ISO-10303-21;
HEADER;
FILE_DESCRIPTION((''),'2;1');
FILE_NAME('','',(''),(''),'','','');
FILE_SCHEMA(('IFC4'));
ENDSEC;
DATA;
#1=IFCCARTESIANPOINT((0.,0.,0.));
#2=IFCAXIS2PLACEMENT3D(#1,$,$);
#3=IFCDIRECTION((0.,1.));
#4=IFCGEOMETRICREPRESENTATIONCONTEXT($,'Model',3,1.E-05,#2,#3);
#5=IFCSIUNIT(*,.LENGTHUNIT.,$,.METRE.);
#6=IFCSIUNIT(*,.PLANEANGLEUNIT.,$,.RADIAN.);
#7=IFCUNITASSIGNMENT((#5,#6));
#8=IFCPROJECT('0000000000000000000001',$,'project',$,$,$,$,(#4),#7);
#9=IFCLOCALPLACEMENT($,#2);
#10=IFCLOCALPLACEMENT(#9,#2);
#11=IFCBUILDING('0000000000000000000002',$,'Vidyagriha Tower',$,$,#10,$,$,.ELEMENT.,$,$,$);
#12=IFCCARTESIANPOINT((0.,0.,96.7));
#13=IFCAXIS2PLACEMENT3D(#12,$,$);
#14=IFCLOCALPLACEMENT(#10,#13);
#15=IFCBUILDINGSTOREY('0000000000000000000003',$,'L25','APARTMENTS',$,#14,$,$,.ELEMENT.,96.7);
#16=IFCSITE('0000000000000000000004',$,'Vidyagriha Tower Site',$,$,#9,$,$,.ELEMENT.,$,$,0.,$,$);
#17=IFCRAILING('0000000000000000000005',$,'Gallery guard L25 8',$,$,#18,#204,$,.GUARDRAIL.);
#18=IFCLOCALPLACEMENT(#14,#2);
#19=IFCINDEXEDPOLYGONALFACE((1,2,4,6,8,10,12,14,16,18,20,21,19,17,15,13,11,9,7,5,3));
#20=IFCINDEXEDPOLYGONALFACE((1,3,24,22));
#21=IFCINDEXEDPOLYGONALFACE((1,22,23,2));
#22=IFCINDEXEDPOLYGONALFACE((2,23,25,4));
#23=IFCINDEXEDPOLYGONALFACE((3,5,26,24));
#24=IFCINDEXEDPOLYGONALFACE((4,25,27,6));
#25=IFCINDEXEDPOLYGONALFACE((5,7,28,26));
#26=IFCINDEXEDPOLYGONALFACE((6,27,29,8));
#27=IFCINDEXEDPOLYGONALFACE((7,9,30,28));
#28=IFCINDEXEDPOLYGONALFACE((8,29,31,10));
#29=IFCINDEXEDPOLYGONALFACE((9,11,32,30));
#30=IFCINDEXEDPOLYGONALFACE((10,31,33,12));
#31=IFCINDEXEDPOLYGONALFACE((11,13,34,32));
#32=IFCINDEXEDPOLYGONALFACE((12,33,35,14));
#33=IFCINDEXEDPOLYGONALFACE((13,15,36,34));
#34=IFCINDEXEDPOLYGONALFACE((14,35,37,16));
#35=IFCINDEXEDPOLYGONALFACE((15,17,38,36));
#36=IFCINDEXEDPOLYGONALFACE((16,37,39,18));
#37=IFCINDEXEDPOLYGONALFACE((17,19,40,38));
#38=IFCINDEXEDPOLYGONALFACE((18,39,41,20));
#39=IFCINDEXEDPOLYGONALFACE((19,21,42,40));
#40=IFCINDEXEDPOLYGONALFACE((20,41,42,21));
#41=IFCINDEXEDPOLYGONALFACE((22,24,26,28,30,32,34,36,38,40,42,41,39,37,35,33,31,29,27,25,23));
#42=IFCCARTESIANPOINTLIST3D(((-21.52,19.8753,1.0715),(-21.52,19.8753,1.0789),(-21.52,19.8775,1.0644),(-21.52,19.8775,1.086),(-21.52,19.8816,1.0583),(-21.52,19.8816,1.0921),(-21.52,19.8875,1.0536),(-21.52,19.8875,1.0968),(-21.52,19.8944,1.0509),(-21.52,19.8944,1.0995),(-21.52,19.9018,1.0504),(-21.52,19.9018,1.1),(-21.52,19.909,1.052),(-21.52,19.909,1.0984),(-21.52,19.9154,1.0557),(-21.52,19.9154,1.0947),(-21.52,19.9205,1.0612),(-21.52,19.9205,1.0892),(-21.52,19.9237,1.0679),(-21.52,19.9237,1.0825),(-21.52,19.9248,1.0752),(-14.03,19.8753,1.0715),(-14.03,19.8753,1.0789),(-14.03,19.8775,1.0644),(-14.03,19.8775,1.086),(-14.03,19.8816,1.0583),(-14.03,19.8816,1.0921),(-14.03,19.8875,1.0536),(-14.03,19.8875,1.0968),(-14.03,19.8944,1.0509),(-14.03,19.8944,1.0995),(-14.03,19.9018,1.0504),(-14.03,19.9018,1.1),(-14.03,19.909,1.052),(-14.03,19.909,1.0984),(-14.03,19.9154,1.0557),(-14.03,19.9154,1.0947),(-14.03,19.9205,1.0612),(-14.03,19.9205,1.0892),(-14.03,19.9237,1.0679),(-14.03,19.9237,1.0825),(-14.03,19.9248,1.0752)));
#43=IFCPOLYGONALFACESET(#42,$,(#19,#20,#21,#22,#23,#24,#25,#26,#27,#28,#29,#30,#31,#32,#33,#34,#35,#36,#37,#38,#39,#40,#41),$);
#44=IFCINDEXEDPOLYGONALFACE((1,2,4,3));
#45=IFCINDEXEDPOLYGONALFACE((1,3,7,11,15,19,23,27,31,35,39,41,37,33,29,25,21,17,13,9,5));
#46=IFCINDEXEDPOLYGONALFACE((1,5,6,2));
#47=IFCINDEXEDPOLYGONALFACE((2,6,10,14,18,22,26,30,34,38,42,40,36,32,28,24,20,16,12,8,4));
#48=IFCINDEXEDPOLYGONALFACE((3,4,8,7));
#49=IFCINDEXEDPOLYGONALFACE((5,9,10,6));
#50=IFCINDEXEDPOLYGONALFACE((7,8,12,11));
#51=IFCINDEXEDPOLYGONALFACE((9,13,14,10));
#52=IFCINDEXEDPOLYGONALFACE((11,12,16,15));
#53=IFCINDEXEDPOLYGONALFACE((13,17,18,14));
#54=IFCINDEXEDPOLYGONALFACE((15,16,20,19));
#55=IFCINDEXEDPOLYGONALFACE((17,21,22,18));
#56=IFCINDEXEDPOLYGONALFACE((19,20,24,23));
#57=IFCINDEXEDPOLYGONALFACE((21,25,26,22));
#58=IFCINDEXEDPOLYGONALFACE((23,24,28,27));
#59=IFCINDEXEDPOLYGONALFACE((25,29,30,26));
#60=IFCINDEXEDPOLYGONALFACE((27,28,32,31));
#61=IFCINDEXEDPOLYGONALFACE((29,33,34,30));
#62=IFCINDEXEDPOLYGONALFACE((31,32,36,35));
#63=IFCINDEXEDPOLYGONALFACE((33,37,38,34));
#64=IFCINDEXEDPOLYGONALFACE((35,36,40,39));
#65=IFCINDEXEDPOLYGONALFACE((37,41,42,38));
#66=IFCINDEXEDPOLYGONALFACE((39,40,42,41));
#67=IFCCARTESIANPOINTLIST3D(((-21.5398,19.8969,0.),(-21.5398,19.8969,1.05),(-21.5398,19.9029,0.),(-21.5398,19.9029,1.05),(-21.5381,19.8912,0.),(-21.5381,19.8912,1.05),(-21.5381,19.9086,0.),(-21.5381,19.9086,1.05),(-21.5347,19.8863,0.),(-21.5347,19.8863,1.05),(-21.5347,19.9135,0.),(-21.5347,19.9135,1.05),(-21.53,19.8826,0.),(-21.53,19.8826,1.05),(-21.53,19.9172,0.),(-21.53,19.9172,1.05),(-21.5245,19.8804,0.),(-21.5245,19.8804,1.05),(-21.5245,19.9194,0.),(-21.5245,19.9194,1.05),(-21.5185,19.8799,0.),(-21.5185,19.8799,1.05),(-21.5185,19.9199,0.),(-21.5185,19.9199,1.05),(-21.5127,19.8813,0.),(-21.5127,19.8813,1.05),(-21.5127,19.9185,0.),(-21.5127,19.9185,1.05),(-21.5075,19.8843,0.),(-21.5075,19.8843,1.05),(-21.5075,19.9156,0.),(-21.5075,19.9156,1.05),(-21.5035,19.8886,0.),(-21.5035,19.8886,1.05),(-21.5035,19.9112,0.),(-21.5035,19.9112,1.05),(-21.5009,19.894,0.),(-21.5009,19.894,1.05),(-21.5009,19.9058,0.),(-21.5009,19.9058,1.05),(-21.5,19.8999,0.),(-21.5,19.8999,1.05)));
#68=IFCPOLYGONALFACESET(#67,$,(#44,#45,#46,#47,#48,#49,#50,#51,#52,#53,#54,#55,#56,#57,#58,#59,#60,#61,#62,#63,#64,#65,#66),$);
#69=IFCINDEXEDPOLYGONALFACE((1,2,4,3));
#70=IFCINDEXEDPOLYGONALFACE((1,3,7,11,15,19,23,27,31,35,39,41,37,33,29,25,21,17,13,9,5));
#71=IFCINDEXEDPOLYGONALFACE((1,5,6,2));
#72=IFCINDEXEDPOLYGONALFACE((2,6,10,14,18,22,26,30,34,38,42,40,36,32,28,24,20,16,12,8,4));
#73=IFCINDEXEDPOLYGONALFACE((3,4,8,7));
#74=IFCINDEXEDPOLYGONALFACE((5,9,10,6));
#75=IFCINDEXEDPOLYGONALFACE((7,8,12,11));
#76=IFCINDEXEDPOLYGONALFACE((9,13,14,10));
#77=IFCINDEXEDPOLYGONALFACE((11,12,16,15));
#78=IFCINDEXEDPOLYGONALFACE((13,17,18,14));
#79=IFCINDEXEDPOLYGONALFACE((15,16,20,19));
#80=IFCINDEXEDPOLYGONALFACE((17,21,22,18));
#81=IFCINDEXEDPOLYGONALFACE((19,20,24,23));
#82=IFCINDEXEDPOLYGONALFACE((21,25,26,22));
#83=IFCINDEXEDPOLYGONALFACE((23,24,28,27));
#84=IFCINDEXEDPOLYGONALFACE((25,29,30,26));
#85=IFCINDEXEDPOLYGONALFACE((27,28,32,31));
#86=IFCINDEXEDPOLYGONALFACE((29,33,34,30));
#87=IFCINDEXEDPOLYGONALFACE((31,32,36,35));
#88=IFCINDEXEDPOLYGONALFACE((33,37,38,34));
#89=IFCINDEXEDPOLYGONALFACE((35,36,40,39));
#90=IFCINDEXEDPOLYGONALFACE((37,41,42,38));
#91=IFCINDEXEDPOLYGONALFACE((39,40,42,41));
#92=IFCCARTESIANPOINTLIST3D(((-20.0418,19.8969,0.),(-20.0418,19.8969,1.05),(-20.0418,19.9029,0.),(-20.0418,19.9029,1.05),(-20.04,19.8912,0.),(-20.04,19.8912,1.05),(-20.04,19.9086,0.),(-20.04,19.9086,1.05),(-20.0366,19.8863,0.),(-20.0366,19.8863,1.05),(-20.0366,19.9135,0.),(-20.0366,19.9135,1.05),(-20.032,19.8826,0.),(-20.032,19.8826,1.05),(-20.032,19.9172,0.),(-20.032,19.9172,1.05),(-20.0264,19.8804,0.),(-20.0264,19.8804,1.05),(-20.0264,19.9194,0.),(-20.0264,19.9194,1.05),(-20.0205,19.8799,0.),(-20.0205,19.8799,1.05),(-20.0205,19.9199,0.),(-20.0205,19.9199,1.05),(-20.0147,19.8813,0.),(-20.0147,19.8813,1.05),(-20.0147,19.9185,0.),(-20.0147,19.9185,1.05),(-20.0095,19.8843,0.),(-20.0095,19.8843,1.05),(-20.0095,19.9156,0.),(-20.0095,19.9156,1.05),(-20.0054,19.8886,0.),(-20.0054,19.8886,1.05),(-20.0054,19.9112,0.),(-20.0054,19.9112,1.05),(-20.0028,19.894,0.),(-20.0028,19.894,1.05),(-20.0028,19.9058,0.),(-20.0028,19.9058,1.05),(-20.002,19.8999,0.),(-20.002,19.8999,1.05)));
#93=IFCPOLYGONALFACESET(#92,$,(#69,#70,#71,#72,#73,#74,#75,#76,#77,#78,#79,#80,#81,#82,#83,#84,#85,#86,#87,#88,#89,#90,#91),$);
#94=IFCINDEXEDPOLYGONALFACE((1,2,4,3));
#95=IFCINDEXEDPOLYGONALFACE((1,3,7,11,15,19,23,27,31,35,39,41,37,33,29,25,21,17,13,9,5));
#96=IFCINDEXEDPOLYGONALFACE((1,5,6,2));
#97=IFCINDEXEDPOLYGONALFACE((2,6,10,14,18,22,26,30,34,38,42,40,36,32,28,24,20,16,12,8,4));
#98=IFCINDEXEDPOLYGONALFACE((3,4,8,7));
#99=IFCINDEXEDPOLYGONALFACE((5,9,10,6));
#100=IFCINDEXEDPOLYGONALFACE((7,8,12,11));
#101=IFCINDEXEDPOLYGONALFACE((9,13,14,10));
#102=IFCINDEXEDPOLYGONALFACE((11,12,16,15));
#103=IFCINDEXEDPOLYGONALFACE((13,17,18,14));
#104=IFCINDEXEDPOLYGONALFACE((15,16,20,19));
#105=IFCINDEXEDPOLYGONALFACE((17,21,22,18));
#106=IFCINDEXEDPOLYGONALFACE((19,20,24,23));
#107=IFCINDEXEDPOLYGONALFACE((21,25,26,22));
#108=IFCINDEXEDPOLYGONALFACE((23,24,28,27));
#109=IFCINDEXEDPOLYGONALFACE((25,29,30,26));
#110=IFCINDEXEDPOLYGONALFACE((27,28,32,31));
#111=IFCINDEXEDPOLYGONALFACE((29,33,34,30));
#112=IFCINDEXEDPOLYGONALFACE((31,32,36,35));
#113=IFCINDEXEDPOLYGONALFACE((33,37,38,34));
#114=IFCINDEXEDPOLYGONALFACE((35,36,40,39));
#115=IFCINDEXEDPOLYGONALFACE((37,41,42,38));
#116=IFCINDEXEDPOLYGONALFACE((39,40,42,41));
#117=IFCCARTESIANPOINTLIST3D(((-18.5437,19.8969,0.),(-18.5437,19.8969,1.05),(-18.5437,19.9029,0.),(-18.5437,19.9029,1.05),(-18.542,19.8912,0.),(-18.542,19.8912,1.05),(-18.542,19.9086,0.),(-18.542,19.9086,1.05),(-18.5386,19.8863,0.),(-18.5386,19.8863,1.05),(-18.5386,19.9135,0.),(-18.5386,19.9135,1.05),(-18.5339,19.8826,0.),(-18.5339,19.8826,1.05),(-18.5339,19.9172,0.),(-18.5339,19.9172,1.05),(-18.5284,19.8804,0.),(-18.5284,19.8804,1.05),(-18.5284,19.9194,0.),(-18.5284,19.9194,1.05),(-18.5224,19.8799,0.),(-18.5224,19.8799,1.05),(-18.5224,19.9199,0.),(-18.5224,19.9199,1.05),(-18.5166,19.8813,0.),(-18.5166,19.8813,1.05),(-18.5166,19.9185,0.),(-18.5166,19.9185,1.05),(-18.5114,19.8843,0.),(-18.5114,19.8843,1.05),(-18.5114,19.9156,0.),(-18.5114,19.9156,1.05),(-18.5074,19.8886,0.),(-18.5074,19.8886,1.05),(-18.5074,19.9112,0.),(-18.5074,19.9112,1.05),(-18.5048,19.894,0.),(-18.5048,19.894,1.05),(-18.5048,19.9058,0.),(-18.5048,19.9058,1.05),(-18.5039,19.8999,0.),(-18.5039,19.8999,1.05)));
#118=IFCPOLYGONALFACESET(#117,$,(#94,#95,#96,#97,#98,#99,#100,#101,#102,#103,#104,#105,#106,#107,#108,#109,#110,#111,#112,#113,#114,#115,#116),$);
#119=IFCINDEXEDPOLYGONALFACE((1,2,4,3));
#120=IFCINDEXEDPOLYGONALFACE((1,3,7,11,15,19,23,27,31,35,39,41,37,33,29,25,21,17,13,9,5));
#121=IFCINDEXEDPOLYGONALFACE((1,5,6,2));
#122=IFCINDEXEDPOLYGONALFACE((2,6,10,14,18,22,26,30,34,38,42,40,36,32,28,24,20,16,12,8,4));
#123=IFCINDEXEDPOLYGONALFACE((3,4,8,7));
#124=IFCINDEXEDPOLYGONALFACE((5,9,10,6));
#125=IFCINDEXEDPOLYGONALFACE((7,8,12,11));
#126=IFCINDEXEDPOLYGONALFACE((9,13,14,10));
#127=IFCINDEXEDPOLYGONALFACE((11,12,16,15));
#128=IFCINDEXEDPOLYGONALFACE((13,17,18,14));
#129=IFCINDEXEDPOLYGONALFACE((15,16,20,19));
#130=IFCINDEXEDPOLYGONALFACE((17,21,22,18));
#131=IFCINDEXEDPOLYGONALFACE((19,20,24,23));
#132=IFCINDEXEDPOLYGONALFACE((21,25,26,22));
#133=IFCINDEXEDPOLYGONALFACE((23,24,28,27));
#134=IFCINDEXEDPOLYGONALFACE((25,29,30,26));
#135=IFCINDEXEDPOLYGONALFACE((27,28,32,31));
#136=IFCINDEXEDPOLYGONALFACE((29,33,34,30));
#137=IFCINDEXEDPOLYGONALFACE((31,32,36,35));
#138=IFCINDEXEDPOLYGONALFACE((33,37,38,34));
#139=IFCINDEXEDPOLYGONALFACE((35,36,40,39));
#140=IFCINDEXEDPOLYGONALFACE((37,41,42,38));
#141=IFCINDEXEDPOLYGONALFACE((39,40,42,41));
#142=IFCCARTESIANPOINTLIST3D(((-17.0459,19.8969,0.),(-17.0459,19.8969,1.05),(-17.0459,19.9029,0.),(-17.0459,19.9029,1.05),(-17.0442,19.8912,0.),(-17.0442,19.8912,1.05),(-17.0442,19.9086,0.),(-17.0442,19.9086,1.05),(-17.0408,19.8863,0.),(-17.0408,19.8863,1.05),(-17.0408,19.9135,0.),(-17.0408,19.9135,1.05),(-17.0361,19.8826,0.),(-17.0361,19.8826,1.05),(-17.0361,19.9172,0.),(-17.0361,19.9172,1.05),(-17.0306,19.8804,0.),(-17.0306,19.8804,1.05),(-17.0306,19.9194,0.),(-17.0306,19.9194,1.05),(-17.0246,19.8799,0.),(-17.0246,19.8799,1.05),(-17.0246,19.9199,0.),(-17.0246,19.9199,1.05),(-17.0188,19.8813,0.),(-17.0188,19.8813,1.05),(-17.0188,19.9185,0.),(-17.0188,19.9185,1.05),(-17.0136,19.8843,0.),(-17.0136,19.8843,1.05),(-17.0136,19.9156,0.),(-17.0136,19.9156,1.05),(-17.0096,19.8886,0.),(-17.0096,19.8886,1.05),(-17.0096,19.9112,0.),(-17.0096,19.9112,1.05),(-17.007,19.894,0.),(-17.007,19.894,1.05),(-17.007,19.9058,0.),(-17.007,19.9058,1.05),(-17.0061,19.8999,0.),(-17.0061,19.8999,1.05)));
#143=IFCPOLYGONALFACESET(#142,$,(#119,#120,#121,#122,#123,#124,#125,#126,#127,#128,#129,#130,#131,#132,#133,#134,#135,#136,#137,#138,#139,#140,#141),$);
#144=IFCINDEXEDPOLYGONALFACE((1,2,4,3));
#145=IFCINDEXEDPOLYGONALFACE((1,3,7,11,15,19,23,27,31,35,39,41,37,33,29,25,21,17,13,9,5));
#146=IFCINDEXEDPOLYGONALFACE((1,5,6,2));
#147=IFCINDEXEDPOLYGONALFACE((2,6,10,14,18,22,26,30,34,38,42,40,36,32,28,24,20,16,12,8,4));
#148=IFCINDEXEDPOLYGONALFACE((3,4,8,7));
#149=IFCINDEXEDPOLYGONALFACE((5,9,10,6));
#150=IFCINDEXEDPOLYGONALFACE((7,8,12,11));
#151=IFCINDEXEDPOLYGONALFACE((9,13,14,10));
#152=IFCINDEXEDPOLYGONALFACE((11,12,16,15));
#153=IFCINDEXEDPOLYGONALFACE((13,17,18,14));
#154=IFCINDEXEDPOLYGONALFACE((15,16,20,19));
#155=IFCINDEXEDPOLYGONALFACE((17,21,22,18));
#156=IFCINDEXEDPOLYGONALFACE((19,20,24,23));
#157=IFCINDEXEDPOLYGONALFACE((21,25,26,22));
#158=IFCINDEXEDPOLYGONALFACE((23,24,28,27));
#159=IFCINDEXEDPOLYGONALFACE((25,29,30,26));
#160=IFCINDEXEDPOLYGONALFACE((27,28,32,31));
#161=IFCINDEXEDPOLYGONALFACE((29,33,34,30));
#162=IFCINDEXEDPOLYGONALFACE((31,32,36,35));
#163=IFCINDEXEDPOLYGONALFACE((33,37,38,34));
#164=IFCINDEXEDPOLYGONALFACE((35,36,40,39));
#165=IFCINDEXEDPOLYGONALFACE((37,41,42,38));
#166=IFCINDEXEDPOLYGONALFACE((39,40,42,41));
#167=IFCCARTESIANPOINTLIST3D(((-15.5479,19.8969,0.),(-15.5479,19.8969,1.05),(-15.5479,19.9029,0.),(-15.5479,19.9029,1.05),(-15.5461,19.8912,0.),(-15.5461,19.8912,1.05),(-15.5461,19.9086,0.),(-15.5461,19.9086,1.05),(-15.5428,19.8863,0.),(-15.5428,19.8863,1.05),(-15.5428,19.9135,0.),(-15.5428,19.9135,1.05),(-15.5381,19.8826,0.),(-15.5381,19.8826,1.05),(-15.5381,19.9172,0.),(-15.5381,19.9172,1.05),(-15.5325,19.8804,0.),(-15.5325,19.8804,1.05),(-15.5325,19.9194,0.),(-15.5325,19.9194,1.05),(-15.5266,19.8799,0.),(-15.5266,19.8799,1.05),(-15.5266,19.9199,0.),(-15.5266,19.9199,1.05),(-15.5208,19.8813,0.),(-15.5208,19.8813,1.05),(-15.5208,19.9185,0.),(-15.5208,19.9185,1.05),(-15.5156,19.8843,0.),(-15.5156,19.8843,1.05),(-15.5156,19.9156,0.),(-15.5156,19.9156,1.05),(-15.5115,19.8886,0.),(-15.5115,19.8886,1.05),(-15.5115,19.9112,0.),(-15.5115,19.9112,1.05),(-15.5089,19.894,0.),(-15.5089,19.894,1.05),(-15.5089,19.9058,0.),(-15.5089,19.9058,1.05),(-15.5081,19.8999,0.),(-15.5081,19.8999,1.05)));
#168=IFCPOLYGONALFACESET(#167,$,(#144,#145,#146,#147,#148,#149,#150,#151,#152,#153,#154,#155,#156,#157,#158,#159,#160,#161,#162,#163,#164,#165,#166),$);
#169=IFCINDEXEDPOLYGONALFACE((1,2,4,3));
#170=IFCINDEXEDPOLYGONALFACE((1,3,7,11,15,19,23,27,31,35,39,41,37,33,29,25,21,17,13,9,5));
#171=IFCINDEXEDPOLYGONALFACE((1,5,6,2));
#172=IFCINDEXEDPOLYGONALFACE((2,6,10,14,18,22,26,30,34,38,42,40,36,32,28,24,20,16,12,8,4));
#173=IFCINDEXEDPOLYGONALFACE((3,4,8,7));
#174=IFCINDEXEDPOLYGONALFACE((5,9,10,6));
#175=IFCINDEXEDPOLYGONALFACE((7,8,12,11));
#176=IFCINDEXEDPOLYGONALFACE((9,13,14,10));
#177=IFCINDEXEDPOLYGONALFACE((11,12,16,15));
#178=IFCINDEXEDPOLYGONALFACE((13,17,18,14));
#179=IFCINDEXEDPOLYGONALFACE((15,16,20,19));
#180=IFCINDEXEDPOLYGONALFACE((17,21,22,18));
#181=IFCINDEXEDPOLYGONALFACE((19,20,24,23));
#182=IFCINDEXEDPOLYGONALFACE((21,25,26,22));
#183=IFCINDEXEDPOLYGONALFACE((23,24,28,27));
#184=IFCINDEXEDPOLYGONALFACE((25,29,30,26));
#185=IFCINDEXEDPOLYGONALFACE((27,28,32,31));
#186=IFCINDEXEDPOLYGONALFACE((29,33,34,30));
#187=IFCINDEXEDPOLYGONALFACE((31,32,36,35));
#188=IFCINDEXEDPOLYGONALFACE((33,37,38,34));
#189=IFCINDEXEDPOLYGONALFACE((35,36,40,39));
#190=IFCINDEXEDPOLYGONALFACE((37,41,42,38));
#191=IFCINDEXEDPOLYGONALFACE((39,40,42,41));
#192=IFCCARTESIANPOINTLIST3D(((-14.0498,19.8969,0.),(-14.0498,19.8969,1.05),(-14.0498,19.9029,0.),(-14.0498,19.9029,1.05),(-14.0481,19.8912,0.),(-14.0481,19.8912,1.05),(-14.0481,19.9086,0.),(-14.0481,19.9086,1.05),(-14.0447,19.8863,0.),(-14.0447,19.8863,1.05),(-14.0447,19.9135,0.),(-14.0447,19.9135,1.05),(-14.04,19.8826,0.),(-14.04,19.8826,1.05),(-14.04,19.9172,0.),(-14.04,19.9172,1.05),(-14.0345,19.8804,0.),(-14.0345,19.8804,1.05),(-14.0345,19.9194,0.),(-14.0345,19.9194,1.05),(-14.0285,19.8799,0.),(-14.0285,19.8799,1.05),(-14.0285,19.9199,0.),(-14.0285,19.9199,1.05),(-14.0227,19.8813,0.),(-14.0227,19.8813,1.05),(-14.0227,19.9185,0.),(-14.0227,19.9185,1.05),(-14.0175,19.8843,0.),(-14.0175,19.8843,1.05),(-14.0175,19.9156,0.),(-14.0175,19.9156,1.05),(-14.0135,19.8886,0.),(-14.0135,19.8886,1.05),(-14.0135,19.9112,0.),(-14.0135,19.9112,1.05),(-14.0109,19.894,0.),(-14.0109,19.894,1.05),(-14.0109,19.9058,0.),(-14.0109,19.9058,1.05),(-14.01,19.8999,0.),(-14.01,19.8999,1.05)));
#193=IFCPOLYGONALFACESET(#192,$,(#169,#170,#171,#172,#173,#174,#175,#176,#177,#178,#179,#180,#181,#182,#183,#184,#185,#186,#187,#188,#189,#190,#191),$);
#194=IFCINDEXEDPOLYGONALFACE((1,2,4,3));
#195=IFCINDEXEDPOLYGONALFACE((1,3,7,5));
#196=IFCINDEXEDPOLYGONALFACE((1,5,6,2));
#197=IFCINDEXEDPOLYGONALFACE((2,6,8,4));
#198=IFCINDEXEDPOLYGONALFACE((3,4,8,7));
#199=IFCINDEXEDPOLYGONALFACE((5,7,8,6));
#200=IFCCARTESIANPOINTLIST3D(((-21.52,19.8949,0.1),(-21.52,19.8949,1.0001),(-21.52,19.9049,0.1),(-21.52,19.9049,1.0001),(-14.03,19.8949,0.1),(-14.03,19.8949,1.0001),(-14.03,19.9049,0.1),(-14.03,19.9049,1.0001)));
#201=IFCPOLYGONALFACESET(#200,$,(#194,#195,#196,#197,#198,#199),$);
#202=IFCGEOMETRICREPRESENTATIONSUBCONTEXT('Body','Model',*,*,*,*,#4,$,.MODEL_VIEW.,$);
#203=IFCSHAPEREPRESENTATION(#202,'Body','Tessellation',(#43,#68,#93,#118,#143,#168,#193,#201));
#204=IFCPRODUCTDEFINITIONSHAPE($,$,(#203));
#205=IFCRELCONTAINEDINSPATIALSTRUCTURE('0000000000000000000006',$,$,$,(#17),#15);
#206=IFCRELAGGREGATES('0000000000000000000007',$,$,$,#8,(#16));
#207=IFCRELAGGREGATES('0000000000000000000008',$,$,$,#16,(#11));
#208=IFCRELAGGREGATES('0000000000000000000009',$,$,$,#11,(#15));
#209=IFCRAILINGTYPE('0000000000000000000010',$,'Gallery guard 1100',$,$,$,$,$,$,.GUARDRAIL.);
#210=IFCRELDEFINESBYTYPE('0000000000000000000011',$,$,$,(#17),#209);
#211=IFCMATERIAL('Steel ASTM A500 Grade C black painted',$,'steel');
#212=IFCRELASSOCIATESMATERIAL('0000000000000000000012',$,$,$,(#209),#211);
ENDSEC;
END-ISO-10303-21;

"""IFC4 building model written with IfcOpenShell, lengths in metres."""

from ifc_helpers import new_model, si_unit, direction, frame, origin, origin_2d, place, context, subcontext, project, spatial, rectangle, circle, extrude, material, type_object, element, save


model = new_model("IFC4")

# Units and contexts
model_context = context("Model", 3, precision=1e-05, world=origin(), true_north=direction((0.0, 1.0)))
body_context = subcontext(model_context, "Body", "Model", "MODEL_VIEW")
ifc_project = project(units=[si_unit("LENGTHUNIT", "METRE"), si_unit("PLANEANGLEUNIT", "RADIAN")], contexts=[model_context])

# Site, building, storey
site_placement = place(None, origin())
site = spatial("IfcSite", under=ifc_project, at=site_placement, Name="Vidyagriha Tower Site", CompositionType="ELEMENT", RefElevation=0.0)
building_placement = place(site_placement, origin())
building = spatial("IfcBuilding", under=site, at=building_placement, Name="Vidyagriha Tower", CompositionType="ELEMENT")
storey_placement = place(building_placement, frame((0.0, 0.0, 96.7)))
storey = spatial("IfcBuildingStorey", under=building, at=storey_placement, Name="L25", Description="APARTMENTS", CompositionType="ELEMENT", Elevation=96.7)

# Railing
ifc_material_1 = material(Name="Steel ASTM A500 Grade C black painted", Category="steel")
railing_type = type_object("IfcRailingType", Name="Gallery guard 1100", PredefinedType="GUARDRAIL", material=ifc_material_1)
railing_1_placement = place(storey_placement, frame((-21.52, 19.8999, 0.0)))
element("IfcRailing", 1, at=railing_1_placement, inside=storey, type_object=railing_type, Name="Gallery guard L25 8", PredefinedType="GUARDRAIL", context=body_context, shape_type="SweptSolid", body=[
    extrude(circle(Radius=0.0249, at=origin_2d()), frame((0.0, 0.0, 1.0752), z_axis=(1.0, 0.0, 0.0), x_axis=(0.0, 1.0, 0.0)), (0.0, 0.0, 1.0), 7.49),
    extrude(circle(Radius=0.02, at=origin_2d()), origin(), (0.0, 0.0, 1.0), 1.05),
    extrude(circle(Radius=0.02, at=origin_2d()), frame((1.498, 0.0, 0.0)), (0.0, 0.0, 1.0), 1.05),
    extrude(circle(Radius=0.02, at=origin_2d()), frame((2.9961, 0.0, 0.0)), (0.0, 0.0, 1.0), 1.05),
    extrude(circle(Radius=0.02, at=origin_2d()), frame((4.4939, 0.0, 0.0)), (0.0, 0.0, 1.0), 1.05),
    extrude(circle(Radius=0.02, at=origin_2d()), frame((5.9919, 0.0, 0.0)), (0.0, 0.0, 1.0), 1.05),
    extrude(circle(Radius=0.02, at=origin_2d()), frame((7.49, 0.0, 0.0)), (0.0, 0.0, 1.0), 1.05),
    extrude(rectangle(XDim=0.01, YDim=0.9001, at=origin_2d()), frame((0.0, 0.0, 0.55), z_axis=(1.0, 0.0, 0.0), x_axis=(0.0, 1.0, 0.0)), (0.0, 0.0, 1.0), 7.49),
])

save(model, "model.ifc")
